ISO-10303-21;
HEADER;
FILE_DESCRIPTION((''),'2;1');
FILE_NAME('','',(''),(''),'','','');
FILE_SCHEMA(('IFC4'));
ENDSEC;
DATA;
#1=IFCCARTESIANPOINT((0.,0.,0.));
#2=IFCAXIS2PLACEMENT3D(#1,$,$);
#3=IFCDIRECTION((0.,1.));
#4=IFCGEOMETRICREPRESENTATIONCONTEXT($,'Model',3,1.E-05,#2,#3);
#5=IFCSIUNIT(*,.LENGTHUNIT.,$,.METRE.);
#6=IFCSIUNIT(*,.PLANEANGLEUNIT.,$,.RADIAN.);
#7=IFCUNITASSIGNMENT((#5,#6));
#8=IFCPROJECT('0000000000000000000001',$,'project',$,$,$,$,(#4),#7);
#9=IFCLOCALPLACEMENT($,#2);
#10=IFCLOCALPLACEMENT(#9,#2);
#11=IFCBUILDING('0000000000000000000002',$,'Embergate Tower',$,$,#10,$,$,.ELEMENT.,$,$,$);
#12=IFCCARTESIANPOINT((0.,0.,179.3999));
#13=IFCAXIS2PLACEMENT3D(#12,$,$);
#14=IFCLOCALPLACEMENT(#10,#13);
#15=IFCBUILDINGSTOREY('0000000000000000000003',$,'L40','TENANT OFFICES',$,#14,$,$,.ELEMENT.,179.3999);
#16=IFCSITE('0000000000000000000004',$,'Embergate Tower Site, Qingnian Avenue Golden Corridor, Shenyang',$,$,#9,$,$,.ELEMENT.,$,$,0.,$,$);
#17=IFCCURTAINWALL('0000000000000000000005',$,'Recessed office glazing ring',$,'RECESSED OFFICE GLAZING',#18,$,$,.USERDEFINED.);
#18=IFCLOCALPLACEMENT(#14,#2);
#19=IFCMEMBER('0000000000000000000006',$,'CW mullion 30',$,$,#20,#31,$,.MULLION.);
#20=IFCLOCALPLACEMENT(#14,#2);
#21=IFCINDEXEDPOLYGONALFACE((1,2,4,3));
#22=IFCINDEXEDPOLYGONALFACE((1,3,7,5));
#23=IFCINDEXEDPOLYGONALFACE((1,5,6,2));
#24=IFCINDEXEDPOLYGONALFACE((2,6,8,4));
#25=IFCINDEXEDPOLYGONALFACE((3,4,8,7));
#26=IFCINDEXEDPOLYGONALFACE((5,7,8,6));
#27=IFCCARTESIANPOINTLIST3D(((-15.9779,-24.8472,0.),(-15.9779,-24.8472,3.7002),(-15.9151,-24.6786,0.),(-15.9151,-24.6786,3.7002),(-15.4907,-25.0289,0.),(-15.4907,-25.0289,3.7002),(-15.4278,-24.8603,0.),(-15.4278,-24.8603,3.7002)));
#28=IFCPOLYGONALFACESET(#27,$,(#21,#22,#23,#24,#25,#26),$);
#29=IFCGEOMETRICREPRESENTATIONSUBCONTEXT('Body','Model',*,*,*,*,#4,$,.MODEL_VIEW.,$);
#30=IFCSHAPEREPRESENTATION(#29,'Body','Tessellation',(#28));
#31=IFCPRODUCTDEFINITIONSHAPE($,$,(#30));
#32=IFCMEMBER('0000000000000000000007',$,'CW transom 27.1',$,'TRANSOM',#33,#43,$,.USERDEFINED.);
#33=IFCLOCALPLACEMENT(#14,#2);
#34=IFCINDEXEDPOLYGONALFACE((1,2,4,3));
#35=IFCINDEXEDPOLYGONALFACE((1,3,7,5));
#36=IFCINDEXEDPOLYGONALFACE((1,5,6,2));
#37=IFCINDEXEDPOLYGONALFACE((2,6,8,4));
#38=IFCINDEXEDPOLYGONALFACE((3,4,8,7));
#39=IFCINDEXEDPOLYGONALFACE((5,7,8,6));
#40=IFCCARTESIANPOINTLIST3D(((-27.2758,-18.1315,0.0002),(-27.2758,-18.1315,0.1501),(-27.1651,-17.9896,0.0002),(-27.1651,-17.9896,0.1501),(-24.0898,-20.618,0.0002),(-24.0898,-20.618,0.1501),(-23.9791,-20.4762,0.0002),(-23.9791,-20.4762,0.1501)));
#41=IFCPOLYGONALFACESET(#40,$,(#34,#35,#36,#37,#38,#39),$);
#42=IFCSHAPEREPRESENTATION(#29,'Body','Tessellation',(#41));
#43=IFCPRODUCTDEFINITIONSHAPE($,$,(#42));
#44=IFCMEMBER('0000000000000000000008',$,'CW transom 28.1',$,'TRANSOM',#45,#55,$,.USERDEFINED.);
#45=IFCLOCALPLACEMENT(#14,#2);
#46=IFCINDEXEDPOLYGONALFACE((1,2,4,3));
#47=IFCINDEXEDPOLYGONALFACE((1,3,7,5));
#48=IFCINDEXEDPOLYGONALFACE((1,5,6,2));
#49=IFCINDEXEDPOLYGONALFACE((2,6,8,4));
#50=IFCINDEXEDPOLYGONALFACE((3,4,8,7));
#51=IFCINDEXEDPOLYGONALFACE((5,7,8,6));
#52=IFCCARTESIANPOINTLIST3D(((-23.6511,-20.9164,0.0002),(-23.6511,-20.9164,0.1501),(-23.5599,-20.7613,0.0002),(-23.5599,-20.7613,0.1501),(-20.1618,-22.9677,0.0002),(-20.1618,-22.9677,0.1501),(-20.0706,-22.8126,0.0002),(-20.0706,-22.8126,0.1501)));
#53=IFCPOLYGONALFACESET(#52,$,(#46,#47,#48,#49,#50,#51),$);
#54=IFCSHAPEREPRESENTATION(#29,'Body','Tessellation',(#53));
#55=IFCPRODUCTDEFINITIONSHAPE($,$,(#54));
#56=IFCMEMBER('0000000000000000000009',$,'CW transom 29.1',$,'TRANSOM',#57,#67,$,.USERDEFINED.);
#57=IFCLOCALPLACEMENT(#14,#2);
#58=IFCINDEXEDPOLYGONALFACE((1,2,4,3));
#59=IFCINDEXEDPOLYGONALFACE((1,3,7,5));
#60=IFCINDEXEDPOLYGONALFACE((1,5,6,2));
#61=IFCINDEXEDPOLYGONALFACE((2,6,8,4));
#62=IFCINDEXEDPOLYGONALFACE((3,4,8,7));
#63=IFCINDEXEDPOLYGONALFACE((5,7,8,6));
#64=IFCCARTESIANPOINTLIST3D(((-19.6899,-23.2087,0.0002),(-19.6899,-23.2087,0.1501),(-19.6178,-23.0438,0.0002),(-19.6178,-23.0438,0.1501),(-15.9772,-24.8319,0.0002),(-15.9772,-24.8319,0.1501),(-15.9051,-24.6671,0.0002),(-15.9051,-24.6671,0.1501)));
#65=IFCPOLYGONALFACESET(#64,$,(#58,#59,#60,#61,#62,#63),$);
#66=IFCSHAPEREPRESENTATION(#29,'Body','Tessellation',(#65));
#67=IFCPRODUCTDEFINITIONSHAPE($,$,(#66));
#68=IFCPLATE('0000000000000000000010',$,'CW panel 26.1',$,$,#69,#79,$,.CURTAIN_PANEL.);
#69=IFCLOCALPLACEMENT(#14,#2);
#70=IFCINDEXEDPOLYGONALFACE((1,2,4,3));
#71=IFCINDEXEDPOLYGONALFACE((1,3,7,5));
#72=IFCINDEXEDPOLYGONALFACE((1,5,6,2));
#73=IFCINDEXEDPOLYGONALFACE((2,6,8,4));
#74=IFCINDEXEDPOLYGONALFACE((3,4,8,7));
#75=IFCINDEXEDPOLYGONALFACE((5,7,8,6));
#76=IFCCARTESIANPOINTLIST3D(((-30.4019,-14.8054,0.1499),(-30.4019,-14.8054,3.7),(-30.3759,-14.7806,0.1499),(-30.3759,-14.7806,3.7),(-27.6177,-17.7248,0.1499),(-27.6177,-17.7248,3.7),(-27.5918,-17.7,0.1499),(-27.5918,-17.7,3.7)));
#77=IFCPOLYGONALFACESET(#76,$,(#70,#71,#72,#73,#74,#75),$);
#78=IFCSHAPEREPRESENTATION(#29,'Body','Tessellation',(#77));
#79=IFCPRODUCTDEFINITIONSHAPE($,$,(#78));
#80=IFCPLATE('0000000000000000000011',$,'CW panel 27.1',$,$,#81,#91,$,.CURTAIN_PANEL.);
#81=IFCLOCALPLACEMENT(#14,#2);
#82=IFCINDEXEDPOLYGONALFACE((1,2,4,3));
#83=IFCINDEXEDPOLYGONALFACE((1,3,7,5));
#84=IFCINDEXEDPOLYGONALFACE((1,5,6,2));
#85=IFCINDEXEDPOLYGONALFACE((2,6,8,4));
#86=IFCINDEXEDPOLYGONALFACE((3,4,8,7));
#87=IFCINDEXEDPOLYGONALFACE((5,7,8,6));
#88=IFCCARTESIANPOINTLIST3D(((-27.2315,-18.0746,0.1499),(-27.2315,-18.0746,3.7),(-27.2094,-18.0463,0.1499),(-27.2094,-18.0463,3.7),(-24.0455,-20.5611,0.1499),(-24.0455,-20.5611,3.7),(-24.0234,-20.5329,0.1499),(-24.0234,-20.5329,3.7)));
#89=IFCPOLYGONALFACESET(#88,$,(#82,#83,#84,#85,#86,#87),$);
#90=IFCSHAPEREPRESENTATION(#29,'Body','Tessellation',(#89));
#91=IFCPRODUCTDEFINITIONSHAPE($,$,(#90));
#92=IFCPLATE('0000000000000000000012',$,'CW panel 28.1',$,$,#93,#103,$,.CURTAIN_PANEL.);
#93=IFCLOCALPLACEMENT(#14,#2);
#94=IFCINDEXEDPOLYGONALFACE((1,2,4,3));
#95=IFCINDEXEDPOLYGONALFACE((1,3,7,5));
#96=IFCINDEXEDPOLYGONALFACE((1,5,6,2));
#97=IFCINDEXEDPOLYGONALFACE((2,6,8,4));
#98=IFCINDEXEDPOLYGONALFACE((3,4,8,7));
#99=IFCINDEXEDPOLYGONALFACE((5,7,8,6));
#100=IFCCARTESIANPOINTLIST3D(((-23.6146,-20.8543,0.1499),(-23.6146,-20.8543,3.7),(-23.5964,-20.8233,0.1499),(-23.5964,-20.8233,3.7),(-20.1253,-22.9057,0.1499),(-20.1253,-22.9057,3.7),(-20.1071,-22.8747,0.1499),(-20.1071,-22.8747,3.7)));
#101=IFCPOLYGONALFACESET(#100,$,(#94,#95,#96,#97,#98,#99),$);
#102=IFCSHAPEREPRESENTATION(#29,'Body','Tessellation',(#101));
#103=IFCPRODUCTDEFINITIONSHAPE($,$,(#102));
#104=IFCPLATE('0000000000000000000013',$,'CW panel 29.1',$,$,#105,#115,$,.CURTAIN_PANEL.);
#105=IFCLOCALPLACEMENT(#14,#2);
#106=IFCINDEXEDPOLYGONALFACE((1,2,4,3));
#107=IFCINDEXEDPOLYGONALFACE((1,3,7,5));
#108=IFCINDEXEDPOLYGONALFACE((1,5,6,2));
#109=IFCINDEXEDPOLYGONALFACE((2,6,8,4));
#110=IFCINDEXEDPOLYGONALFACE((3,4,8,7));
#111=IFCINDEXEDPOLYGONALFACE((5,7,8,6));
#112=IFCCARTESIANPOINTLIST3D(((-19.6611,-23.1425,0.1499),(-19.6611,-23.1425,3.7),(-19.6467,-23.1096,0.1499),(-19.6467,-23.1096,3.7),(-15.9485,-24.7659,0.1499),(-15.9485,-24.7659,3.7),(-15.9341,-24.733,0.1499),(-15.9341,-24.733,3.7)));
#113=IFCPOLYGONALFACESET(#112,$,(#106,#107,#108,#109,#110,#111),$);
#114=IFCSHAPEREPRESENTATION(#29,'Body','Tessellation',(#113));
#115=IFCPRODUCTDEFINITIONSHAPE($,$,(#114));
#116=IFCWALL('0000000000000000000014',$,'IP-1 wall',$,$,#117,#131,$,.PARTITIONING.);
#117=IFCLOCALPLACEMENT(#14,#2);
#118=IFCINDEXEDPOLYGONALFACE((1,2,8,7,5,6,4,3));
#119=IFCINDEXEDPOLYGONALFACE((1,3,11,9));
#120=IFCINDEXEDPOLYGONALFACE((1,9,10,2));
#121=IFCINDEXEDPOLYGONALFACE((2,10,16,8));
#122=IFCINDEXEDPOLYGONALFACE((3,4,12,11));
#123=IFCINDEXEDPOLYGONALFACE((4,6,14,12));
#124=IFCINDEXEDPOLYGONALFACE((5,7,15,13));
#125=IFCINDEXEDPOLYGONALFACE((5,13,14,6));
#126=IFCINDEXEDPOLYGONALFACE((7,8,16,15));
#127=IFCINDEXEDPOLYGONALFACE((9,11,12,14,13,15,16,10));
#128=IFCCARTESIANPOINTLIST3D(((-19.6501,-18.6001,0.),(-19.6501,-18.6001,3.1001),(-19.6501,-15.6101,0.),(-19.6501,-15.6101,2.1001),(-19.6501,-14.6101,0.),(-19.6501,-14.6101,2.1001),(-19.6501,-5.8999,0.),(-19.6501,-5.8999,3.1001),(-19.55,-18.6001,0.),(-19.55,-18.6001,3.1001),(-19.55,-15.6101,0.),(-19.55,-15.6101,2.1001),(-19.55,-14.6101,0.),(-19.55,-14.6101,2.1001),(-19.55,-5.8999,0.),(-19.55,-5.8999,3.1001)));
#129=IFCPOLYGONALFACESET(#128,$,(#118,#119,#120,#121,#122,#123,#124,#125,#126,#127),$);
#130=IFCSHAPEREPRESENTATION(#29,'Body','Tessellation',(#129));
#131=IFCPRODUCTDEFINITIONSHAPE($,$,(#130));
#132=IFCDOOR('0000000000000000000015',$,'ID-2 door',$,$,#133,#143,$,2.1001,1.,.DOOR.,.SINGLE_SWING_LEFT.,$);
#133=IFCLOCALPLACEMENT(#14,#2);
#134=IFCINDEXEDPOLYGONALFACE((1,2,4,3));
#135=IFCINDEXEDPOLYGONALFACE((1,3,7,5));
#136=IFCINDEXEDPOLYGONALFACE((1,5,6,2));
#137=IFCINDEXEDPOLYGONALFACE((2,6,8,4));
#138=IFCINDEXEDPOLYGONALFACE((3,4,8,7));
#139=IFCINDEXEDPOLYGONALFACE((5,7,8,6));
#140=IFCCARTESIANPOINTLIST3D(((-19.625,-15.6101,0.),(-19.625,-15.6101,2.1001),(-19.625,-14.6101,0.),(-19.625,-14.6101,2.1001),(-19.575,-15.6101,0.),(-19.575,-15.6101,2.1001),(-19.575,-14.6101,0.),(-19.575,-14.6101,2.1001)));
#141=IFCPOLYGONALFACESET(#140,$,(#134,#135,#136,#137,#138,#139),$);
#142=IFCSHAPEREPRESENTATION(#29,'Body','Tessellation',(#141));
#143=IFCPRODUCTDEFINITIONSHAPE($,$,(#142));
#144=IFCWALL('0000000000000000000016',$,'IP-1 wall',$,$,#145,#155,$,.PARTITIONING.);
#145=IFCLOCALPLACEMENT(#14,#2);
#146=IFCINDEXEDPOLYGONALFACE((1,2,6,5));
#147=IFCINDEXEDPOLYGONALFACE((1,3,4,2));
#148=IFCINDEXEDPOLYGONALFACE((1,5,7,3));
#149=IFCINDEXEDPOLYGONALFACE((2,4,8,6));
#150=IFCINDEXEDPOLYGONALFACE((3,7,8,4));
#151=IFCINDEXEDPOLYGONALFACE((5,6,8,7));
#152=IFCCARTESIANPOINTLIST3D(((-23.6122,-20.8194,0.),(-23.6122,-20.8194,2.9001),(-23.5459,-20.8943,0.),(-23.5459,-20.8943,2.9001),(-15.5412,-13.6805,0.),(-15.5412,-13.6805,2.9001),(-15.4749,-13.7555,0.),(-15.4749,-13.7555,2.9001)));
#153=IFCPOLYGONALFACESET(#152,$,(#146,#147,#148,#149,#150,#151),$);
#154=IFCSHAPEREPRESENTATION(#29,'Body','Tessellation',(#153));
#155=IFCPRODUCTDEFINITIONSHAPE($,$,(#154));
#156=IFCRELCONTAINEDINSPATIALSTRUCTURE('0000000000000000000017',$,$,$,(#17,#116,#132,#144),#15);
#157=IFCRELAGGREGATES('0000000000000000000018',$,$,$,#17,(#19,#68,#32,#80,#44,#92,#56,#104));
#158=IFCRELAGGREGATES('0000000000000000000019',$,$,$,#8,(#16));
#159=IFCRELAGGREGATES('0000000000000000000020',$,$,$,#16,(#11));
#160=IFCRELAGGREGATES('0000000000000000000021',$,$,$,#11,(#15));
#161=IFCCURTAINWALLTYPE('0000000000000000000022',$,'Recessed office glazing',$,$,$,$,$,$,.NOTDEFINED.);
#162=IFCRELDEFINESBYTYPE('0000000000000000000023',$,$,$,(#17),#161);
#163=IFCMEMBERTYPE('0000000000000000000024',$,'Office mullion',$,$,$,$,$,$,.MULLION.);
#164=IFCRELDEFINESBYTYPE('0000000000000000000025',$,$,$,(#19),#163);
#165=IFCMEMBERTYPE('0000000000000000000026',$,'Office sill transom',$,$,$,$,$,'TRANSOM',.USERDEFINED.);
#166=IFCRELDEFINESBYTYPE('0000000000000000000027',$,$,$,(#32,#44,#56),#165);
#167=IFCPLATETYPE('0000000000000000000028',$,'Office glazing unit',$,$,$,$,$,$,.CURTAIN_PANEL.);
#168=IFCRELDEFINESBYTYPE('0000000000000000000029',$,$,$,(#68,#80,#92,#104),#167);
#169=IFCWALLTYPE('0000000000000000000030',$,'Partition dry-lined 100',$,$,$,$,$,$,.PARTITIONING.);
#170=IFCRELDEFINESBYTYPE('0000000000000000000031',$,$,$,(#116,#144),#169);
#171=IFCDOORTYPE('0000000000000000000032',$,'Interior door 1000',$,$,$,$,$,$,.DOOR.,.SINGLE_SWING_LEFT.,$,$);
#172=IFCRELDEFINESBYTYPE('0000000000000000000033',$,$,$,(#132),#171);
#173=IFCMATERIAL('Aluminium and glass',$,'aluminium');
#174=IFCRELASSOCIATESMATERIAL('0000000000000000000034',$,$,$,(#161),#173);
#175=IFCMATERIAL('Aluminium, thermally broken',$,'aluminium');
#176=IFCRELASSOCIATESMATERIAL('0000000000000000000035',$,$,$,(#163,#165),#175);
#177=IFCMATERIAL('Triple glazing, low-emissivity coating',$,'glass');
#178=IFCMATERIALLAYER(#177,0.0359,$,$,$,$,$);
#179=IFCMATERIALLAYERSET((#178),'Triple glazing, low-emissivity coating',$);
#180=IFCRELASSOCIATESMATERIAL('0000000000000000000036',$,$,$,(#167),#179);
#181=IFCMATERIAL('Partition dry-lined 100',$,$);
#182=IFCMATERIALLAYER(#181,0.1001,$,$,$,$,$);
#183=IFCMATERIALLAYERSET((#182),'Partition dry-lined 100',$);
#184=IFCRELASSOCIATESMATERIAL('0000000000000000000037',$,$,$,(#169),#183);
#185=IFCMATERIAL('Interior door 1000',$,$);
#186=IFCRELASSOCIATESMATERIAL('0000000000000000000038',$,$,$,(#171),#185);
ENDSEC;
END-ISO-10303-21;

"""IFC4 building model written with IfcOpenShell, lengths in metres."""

from ifc_helpers import new_model, si_unit, direction, frame, frame_2d, origin, origin_2d, place, context, subcontext, project, spatial, rectangle, extrude, source, transform, mapped, material, layer, layer_set, material_profile, profile_set, type_object, element, fill, aggregate, save


model = new_model("IFC4")

# Units and contexts
model_context = context("Model", 3, precision=1e-05, world=origin(), true_north=direction((0.0, 1.0)))
body_context = subcontext(model_context, "Body", "Model", "MODEL_VIEW")
ifc_project = project(units=[si_unit("LENGTHUNIT", "METRE"), si_unit("PLANEANGLEUNIT", "RADIAN")], contexts=[model_context])

# Site, building, storey
site_placement = place(None, origin())
site = spatial("IfcSite", under=ifc_project, at=site_placement, Name="Embergate Tower Site, Qingnian Avenue Golden Corridor, Shenyang", CompositionType="ELEMENT", RefElevation=0.0)
building_placement = place(site_placement, origin())
building = spatial("IfcBuilding", under=site, at=building_placement, Name="Embergate Tower", CompositionType="ELEMENT")
storey_placement = place(building_placement, frame((0.0, 0.0, 179.3999)))
storey = spatial("IfcBuildingStorey", under=building, at=storey_placement, Name="L40", Description="TENANT OFFICES", CompositionType="ELEMENT", Elevation=179.3999)

# Curtain wall, members, plates
ifc_material_1 = material(Name="Aluminium and glass", Category="aluminium")
curtain_wall_type = type_object("IfcCurtainWallType", Name="Recessed office glazing", PredefinedType="NOTDEFINED", material=ifc_material_1)
curtain_wall_placement = place(storey_placement, origin())
curtain_wall = element("IfcCurtainWall", 1, at=curtain_wall_placement, inside=storey, type_object=curtain_wall_type, Name="Recessed office glazing ring", ObjectType="RECESSED OFFICE GLAZING", PredefinedType="USERDEFINED")
ifc_material_2 = material(Name="Aluminium, thermally broken", Category="aluminium")
ifc_material_profile_1 = material_profile(ifc_material_2, rectangle(XDim=0.1799, YDim=0.52, at=origin_2d()), Name="AL 520x180")
ifc_profile_set_1 = profile_set([ifc_material_profile_1], Name="Aluminium, thermally broken")
member_type_1 = type_object("IfcMemberType", Name="Office mullion", PredefinedType="MULLION", material=ifc_profile_set_1)
shared_shape_1 = source(origin(), body_context, "Body", "SweptSolid", [
    extrude(rectangle(XDim=0.1799, YDim=0.52, at=origin_2d()), origin(), (0.0, 0.0, 1.0), 3.7002),
])
member_1_placement = place(storey_placement, frame((-15.7029, -24.8538, 0.0), z_axis=(0.0, 0.0, 1.0), x_axis=(0.349498, 0.936937, 0.0)))
member_1 = element("IfcMember", 2, at=member_1_placement, type_object=member_type_1, Name="CW mullion 30", PredefinedType="MULLION", context=body_context, shape_type="MappedRepresentation", body=[
    mapped(shared_shape_1, transform((0.0, 0.0, 0.0))),
])
ifc_material_profile_2 = material_profile(ifc_material_2, rectangle(XDim=0.1799, YDim=0.1499, at=origin_2d()), Name="AL 150x180")
ifc_profile_set_2 = profile_set([ifc_material_profile_2], Name="Aluminium, thermally broken")
member_type_2 = type_object("IfcMemberType", Name="Office sill transom", ElementType="TRANSOM", PredefinedType="USERDEFINED", material=ifc_profile_set_2)
shared_shape_2 = source(origin(), body_context, "Body", "SweptSolid", [
    extrude(rectangle(XDim=0.1799, YDim=0.1499, at=origin_2d()), origin(), (0.0, 0.0, 1.0), 4.0415),
])
member_2_placement = place(storey_placement, frame((-27.2205, -18.0605, 0.0752), z_axis=(0.788327, -0.615257, 0.0), x_axis=(0.615257, 0.788327, 0.0)))
member_2 = element("IfcMember", 3, at=member_2_placement, type_object=member_type_2, Name="CW transom 27.1", ObjectType="TRANSOM", PredefinedType="USERDEFINED", context=body_context, shape_type="MappedRepresentation", body=[
    mapped(shared_shape_2, transform((0.0, 0.0, 0.0))),
])
shared_shape_3 = source(origin(), body_context, "Body", "SweptSolid", [
    extrude(rectangle(XDim=0.1799, YDim=0.1499, at=origin_2d()), origin(), (0.0, 0.0, 1.0), 4.0476),
])
member_3_placement = place(storey_placement, frame((-23.6055, -20.8389, 0.0752), z_axis=(0.862068, -0.506793, 0.0), x_axis=(0.506793, 0.862068, 0.0)))
member_3 = element("IfcMember", 4, at=member_3_placement, type_object=member_type_2, Name="CW transom 28.1", ObjectType="TRANSOM", PredefinedType="USERDEFINED", context=body_context, shape_type="MappedRepresentation", body=[
    mapped(shared_shape_3, transform((0.0, 0.0, 0.0))),
])
shared_shape_4 = source(origin(), body_context, "Body", "SweptSolid", [
    extrude(rectangle(XDim=0.1799, YDim=0.1499, at=origin_2d()), origin(), (0.0, 0.0, 1.0), 4.052),
])
member_4_placement = place(storey_placement, frame((-19.6538, -23.1262, 0.0752), z_axis=(0.916247, -0.400613, 0.0), x_axis=(0.400613, 0.916247, 0.0)))
member_4 = element("IfcMember", 5, at=member_4_placement, type_object=member_type_2, Name="CW transom 29.1", ObjectType="TRANSOM", PredefinedType="USERDEFINED", context=body_context, shape_type="MappedRepresentation", body=[
    mapped(shared_shape_4, transform((0.0, 0.0, 0.0))),
])
ifc_material_3 = material(Name="Triple glazing, low-emissivity coating", Category="glass")
ifc_layer_1 = layer(ifc_material_3, 0.0359)
ifc_layer_set_1 = layer_set([ifc_layer_1], Name="Triple glazing, low-emissivity coating")
plate_type = type_object("IfcPlateType", Name="Office glazing unit", PredefinedType="CURTAIN_PANEL", material=ifc_layer_set_1)
shared_shape_5 = source(origin(), body_context, "Body", "SweptSolid", [
    extrude(rectangle(XDim=4.0342, YDim=0.0359, at=origin_2d()), origin(), (0.0, 0.0, 1.0), 3.55),
])
plate_1_placement = place(storey_placement, frame((-28.9968, -16.2527, 0.1499), z_axis=(0.0, 0.0, 1.0), x_axis=(0.69014, -0.723676, 0.0)))
plate_1 = element("IfcPlate", 6, at=plate_1_placement, type_object=plate_type, Name="CW panel 26.1", PredefinedType="CURTAIN_PANEL", context=body_context, shape_type="MappedRepresentation", body=[
    mapped(shared_shape_5, transform((0.0, 0.0, 0.0))),
])
shared_shape_6 = source(origin(), body_context, "Body", "SweptSolid", [
    extrude(rectangle(XDim=4.0415, YDim=0.0359, at=origin_2d()), origin(), (0.0, 0.0, 1.0), 3.55),
])
plate_2_placement = place(storey_placement, frame((-25.6274, -19.3037, 0.1499), z_axis=(0.0, 0.0, 1.0), x_axis=(0.788324, -0.61526, 0.0)))
plate_2 = element("IfcPlate", 7, at=plate_2_placement, type_object=plate_type, Name="CW panel 27.1", PredefinedType="CURTAIN_PANEL", context=body_context, shape_type="MappedRepresentation", body=[
    mapped(shared_shape_6, transform((0.0, 0.0, 0.0))),
])
shared_shape_7 = source(origin(), body_context, "Body", "SweptSolid", [
    extrude(rectangle(XDim=4.0476, YDim=0.0359, at=origin_2d()), origin(), (0.0, 0.0, 1.0), 3.55),
])
plate_3_placement = place(storey_placement, frame((-21.8608, -21.8645, 0.1499), z_axis=(0.0, 0.0, 1.0), x_axis=(0.862056, -0.506813, 0.0)))
plate_3 = element("IfcPlate", 8, at=plate_3_placement, type_object=plate_type, Name="CW panel 28.1", PredefinedType="CURTAIN_PANEL", context=body_context, shape_type="MappedRepresentation", body=[
    mapped(shared_shape_7, transform((0.0, 0.0, 0.0))),
])
shared_shape_8 = source(origin(), body_context, "Body", "SweptSolid", [
    extrude(rectangle(XDim=4.052, YDim=0.0359, at=origin_2d()), origin(), (0.0, 0.0, 1.0), 3.55),
])
plate_4_placement = place(storey_placement, frame((-17.7976, -23.9377, 0.1499), z_axis=(0.0, 0.0, 1.0), x_axis=(0.916238, -0.400634, 0.0)))
plate_4 = element("IfcPlate", 9, at=plate_4_placement, type_object=plate_type, Name="CW panel 29.1", PredefinedType="CURTAIN_PANEL", context=body_context, shape_type="MappedRepresentation", body=[
    mapped(shared_shape_8, transform((0.0, 0.0, 0.0))),
])
aggregate(curtain_wall, [member_1, plate_1, member_2, plate_2, member_3, plate_3, member_4, plate_4])

# Wall, opening, door
ifc_material_4 = material(Name="Partition dry-lined 100")
ifc_layer_2 = layer(ifc_material_4, 0.1001)
ifc_layer_set_2 = layer_set([ifc_layer_2], Name="Partition dry-lined 100")
wall_type = type_object("IfcWallType", Name="Partition dry-lined 100", PredefinedType="PARTITIONING", material=ifc_layer_set_2)
shared_shape_9 = source(origin(), body_context, "Body", "SweptSolid", [
    extrude(rectangle(XDim=12.7002, YDim=0.1001, at=frame_2d((6.3501, 0.0))), origin(), (0.0, 0.0, 1.0), 3.1001),
])
wall_1_placement = place(storey_placement, frame((-19.6001, -18.6001, 0.0), z_axis=(0.0, 0.0, 1.0), x_axis=(0.0, 1.0, 0.0)))
wall_1 = element("IfcWall", 10, at=wall_1_placement, inside=storey, type_object=wall_type, Name="IP-1 wall", PredefinedType="PARTITIONING", context=body_context, shape_type="MappedRepresentation", body=[
    mapped(shared_shape_9, transform((0.0, 0.0, 0.0))),
])
shared_shape_10 = source(origin(), body_context, "Body", "SweptSolid", [
    extrude(rectangle(XDim=1.0, YDim=2.1001, at=frame_2d((0.5, 1.05))), frame((0.0, 0.0601, 0.0), z_axis=(0.0, -1.0, 0.0), x_axis=(1.0, 0.0, 0.0)), (0.0, 0.0, 1.0), 0.1201),
])
opening_placement = place(wall_1_placement, frame((2.99, 0.0, 0.0)))
opening = element("IfcOpeningElement", 11, at=opening_placement, cuts=wall_1, PredefinedType="OPENING", context=body_context, shape_type="MappedRepresentation", body=[
    mapped(shared_shape_10, transform((0.0, 0.0, 0.0))),
])
ifc_material_5 = material(Name="Interior door 1000")
door_type = type_object("IfcDoorType", Name="Interior door 1000", OperationType="SINGLE_SWING_LEFT", PredefinedType="DOOR", material=ifc_material_5)
shared_shape_11 = source(origin(), body_context, "Body", "SweptSolid", [
    extrude(rectangle(XDim=1.0, YDim=2.1001, at=frame_2d((0.5, 1.05))), frame((0.0, 0.0249, 0.0), z_axis=(0.0, -1.0, 0.0), x_axis=(1.0, 0.0, 0.0)), (0.0, 0.0, 1.0), 0.05),
])
door_placement = place(opening_placement, origin())
door = element("IfcDoor", 12, at=door_placement, inside=storey, type_object=door_type, Name="ID-2 door", OperationType="SINGLE_SWING_LEFT", OverallHeight=2.1001, OverallWidth=1.0, PredefinedType="DOOR", context=body_context, shape_type="MappedRepresentation", body=[
    mapped(shared_shape_11, transform((0.0, 0.0, 0.0))),
])
fill(opening, door)

# Wall
shared_shape_12 = source(origin(), body_context, "Body", "SweptSolid", [
    extrude(rectangle(XDim=10.7751, YDim=0.1001, at=frame_2d((5.3877, 0.0))), origin(), (0.0, 0.0, 1.0), 2.9001),
])
wall_2_placement = place(storey_placement, frame((-23.5791, -20.8569, 0.0), z_axis=(0.0, 0.0, 1.0), x_axis=(0.749036, 0.662529, 0.0)))
element("IfcWall", 13, at=wall_2_placement, inside=storey, type_object=wall_type, Name="IP-1 wall", PredefinedType="PARTITIONING", context=body_context, shape_type="MappedRepresentation", body=[
    mapped(shared_shape_12, transform((0.0, 0.0, 0.0))),
])

save(model, "model.ifc")
